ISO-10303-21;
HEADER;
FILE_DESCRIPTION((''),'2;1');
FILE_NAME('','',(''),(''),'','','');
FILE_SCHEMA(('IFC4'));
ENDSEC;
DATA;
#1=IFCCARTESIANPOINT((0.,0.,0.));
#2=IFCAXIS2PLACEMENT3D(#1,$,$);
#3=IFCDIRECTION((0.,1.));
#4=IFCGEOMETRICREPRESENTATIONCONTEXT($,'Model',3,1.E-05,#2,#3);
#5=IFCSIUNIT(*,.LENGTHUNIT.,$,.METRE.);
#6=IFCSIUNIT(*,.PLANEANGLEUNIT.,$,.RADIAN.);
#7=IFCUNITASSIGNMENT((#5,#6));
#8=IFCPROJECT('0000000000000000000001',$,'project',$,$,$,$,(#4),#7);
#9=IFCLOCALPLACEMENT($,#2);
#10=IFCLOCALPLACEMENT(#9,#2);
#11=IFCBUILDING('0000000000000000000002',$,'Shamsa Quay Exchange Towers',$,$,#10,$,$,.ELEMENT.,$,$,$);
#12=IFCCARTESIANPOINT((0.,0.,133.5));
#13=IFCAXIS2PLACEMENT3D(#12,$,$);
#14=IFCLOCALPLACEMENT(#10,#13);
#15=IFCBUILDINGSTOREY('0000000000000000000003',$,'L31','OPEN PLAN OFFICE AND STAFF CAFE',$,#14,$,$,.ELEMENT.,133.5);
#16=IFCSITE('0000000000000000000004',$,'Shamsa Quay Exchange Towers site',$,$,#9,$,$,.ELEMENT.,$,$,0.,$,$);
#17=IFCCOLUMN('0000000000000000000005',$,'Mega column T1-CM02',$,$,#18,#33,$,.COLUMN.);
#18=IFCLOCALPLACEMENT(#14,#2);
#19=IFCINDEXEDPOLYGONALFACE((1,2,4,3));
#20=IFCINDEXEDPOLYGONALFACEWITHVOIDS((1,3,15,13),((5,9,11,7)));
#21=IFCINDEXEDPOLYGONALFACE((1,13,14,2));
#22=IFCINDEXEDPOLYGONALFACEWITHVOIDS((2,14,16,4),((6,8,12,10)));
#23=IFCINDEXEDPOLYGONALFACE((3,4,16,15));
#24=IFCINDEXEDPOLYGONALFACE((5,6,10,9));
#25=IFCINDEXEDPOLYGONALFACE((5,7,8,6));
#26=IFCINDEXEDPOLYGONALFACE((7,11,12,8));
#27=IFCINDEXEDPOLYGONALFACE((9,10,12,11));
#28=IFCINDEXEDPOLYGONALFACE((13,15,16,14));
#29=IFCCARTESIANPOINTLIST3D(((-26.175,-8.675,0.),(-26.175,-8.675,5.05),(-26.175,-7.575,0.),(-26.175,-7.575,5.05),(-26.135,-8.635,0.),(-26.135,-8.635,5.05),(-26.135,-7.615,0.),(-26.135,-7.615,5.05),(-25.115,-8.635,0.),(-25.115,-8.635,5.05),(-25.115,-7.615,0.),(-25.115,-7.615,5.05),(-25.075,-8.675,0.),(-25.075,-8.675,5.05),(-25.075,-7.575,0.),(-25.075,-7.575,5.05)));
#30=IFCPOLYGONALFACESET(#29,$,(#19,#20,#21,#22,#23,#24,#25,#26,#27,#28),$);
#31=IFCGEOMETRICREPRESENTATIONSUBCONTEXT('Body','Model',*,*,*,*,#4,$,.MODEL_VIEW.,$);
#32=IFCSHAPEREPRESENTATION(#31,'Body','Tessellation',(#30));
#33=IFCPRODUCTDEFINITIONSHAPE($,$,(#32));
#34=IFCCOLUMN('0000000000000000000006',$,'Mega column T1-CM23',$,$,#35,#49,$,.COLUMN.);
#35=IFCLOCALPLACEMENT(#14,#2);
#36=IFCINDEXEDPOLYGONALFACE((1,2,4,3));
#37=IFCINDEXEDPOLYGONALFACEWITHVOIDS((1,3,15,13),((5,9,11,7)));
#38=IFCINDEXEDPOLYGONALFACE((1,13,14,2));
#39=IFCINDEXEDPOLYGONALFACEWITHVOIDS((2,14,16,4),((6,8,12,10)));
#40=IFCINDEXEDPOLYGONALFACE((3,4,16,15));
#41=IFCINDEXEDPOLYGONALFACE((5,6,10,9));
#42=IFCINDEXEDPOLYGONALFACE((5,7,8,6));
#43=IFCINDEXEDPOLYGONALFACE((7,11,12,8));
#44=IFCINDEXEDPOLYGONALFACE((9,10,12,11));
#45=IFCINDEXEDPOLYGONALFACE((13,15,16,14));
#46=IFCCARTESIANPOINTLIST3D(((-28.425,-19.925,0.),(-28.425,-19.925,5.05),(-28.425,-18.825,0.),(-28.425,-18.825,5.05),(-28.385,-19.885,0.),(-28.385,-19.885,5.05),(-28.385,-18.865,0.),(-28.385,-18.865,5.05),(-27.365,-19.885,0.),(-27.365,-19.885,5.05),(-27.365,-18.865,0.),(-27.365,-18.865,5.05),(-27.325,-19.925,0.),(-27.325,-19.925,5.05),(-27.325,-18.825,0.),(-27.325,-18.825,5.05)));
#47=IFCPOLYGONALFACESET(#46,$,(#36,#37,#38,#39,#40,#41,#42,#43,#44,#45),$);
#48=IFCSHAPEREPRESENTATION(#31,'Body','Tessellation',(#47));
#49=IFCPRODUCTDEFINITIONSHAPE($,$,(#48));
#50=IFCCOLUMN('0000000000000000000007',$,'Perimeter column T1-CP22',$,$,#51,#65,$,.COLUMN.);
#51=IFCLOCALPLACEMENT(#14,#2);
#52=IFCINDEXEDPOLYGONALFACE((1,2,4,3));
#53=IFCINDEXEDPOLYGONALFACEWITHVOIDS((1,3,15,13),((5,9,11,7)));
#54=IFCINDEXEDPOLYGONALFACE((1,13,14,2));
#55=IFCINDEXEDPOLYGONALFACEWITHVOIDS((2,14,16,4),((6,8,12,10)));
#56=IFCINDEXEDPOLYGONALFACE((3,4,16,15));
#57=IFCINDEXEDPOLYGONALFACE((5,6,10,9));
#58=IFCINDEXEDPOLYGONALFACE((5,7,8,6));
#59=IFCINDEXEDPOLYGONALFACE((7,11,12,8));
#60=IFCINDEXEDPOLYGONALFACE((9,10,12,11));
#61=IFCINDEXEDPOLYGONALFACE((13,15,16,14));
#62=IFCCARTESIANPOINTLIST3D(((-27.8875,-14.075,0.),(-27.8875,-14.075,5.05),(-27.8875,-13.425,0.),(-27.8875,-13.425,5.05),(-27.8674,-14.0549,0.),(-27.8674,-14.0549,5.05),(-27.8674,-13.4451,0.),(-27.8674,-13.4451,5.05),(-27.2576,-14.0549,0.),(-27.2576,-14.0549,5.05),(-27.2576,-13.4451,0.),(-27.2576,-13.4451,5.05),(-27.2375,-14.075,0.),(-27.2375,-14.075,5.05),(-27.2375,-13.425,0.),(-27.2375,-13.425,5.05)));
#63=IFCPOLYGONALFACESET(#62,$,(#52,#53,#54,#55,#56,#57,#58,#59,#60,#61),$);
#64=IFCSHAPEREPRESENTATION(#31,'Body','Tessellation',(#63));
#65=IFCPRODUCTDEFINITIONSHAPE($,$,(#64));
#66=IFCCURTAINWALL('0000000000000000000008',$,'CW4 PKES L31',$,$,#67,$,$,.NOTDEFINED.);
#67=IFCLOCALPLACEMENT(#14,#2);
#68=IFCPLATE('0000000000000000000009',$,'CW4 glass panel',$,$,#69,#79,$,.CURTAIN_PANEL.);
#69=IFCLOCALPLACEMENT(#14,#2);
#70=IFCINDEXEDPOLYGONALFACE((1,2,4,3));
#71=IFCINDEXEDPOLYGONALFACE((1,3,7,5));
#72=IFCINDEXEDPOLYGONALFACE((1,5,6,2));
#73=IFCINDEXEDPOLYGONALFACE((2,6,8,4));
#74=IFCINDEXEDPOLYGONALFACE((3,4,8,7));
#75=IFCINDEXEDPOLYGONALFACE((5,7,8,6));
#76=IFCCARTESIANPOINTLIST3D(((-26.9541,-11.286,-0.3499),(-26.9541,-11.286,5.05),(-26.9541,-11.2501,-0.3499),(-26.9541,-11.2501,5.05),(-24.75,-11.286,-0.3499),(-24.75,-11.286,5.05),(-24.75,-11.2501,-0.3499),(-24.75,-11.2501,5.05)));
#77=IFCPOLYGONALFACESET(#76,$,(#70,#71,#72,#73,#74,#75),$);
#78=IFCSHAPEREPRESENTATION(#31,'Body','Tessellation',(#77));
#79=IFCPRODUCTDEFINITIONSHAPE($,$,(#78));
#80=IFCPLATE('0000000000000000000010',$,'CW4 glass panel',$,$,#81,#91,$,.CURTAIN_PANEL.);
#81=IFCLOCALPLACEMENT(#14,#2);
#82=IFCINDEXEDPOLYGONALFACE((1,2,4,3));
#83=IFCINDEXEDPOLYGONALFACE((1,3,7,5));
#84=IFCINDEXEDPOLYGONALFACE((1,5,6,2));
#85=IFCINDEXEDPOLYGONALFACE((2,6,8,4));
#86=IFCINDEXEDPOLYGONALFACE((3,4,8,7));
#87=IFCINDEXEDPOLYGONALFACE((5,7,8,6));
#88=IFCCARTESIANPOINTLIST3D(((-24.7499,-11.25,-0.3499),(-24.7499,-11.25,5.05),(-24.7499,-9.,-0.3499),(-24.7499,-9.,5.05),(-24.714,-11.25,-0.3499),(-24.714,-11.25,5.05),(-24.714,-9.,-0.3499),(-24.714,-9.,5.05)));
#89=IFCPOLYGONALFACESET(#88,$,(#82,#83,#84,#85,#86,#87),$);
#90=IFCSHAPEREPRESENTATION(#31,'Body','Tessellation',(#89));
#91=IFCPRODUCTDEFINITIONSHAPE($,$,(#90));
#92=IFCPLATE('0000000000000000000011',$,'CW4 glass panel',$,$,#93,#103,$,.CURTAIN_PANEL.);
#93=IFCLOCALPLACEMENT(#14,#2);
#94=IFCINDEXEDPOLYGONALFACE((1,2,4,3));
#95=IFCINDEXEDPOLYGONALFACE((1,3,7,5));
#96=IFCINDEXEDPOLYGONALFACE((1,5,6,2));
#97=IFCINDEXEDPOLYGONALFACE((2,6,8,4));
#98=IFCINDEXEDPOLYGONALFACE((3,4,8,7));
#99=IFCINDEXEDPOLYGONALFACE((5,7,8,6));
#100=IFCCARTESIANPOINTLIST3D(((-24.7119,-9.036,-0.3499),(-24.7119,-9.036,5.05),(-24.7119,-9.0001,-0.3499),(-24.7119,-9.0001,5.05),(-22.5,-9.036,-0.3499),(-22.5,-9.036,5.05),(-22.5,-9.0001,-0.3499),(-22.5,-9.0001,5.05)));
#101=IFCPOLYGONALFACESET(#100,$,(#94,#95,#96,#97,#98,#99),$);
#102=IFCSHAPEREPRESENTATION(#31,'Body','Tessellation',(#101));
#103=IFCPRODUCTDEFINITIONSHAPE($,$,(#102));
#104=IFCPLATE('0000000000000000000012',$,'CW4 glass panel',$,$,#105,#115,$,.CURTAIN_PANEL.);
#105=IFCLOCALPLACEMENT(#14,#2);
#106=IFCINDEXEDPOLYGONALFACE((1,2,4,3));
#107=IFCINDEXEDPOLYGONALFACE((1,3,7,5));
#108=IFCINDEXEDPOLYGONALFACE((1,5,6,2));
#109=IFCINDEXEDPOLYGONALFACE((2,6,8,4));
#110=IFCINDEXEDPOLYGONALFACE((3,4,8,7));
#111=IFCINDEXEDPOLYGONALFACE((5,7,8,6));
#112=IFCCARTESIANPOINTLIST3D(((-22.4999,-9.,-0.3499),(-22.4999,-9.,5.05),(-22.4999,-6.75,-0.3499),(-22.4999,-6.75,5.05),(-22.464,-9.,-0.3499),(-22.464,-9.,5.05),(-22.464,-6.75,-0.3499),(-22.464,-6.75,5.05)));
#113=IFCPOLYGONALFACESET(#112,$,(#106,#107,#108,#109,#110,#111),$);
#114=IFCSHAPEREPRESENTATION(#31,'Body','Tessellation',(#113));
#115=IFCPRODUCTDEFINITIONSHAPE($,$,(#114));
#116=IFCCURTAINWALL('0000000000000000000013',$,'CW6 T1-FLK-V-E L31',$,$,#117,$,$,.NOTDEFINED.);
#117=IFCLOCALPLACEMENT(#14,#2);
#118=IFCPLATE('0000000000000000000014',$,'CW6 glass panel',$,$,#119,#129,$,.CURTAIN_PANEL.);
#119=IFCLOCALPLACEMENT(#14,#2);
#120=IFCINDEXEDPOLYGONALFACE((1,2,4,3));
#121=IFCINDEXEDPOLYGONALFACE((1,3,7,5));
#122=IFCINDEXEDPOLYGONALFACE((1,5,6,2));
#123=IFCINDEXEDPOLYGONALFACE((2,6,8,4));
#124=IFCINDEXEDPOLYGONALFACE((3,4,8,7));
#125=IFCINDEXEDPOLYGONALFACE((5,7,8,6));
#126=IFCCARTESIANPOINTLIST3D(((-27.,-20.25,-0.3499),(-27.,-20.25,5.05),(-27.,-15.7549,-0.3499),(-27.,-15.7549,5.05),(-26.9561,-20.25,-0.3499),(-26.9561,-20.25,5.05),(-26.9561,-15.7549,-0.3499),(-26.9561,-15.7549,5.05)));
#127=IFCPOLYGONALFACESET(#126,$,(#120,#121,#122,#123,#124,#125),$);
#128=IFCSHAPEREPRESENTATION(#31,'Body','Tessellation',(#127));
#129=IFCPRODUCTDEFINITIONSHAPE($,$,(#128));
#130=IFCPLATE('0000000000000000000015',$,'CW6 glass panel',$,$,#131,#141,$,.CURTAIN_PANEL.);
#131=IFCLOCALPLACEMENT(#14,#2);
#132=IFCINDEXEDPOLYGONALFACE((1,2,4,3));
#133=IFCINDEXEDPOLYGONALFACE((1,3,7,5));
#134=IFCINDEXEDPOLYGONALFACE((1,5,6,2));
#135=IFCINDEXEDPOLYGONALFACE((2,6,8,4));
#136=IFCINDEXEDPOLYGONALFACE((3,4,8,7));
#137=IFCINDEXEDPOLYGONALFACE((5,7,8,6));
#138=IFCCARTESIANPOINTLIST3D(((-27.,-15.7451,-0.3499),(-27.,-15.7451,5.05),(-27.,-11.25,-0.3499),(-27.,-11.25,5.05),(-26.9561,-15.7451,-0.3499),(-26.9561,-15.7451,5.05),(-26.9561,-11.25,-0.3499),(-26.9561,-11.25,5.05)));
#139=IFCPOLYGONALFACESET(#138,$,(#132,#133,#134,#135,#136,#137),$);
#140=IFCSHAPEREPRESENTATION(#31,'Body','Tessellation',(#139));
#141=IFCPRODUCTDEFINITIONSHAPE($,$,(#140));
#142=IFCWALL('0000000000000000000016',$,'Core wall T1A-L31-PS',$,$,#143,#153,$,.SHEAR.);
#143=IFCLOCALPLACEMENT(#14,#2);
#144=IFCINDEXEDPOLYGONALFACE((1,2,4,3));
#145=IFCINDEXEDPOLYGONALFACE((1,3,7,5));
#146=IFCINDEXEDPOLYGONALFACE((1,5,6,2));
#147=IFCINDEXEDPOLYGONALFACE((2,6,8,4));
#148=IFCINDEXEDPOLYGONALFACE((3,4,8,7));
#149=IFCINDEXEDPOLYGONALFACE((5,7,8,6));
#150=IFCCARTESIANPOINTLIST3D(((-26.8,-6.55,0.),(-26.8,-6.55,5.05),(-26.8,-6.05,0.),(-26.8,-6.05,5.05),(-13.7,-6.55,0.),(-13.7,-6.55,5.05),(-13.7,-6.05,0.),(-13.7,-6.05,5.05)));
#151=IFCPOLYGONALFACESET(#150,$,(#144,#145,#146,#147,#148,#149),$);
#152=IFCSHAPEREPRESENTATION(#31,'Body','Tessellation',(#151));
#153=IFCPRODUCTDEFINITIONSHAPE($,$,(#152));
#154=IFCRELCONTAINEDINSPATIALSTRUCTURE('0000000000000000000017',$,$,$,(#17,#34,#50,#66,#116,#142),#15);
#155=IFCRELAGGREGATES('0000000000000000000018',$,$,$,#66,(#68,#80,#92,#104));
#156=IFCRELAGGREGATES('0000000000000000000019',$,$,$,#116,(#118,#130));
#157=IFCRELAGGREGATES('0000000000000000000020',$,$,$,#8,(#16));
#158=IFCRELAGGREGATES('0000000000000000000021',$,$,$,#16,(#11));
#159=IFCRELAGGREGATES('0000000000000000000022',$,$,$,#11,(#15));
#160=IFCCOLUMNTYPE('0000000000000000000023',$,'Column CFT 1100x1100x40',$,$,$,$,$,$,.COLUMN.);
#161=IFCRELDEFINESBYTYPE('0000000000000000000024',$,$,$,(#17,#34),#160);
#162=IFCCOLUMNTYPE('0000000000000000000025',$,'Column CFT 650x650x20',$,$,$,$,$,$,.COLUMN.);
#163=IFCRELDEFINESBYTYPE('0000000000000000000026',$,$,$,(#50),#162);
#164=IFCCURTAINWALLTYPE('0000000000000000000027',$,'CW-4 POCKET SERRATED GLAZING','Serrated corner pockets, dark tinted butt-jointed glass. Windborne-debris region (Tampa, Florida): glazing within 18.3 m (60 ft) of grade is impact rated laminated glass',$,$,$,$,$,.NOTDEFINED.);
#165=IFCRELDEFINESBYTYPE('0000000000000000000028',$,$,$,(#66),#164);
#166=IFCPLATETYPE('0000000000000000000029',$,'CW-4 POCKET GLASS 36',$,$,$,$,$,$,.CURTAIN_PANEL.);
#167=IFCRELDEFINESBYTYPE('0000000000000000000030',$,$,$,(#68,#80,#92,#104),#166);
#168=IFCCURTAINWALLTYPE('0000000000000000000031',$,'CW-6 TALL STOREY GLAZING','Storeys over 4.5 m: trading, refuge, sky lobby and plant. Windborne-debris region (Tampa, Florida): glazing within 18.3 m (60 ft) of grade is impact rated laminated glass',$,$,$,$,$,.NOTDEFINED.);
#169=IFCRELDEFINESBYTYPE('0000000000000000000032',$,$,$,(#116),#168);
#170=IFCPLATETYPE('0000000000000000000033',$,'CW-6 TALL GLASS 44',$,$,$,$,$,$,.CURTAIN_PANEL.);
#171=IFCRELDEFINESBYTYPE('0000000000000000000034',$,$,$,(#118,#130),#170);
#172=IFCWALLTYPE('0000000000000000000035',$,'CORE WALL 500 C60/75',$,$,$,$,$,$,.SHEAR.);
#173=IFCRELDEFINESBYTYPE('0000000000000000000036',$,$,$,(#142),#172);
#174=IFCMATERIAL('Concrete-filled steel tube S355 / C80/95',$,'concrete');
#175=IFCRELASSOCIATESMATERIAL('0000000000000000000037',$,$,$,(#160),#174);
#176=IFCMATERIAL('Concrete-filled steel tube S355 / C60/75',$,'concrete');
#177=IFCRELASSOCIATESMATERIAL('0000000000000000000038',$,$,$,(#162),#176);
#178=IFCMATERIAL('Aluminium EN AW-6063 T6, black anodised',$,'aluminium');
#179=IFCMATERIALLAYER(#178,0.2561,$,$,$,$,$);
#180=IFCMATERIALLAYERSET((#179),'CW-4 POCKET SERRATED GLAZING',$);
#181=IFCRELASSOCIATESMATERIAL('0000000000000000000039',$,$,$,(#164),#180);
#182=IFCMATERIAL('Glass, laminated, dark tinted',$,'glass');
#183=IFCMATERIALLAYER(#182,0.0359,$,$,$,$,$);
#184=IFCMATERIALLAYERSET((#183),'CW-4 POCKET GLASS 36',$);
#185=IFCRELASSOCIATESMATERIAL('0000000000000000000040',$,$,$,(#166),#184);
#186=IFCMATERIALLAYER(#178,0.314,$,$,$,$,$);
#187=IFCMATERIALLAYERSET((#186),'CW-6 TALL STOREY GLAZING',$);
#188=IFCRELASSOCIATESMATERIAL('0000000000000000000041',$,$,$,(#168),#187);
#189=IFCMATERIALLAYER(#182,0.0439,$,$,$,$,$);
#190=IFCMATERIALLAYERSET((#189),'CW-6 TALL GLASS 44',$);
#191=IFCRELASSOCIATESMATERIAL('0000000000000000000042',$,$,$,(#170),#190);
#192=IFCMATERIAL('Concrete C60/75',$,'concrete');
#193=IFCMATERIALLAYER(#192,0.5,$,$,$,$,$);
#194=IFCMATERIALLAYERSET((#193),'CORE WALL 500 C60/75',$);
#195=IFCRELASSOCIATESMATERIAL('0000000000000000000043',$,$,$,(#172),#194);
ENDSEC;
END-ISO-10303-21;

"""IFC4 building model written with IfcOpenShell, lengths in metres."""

from ifc_helpers import new_model, si_unit, direction, frame, frame_2d, origin, origin_2d, place, context, subcontext, project, spatial, rectangle, hollow_rectangle, extrude, material, layer, layer_set, material_profile, profile_set, type_object, element, aggregate, save


model = new_model("IFC4")

# Units and contexts
model_context = context("Model", 3, precision=1e-05, world=origin(), true_north=direction((0.0, 1.0)))
body_context = subcontext(model_context, "Body", "Model", "MODEL_VIEW")
ifc_project = project(units=[si_unit("LENGTHUNIT", "METRE"), si_unit("PLANEANGLEUNIT", "RADIAN")], contexts=[model_context])

# Site, building, storey
site_placement = place(None, origin())
site = spatial("IfcSite", under=ifc_project, at=site_placement, Name="Shamsa Quay Exchange Towers site", CompositionType="ELEMENT", RefElevation=0.0)
building_placement = place(site_placement, origin())
building = spatial("IfcBuilding", under=site, at=building_placement, Name="Shamsa Quay Exchange Towers", CompositionType="ELEMENT")
storey_placement = place(building_placement, frame((0.0, 0.0, 133.5)))
storey = spatial("IfcBuildingStorey", under=building, at=storey_placement, Name="L31", Description="OPEN PLAN OFFICE AND STAFF CAFE", CompositionType="ELEMENT", Elevation=133.5)

# Columns
ifc_material_1 = material(Name="Concrete-filled steel tube S355 / C80/95", Category="concrete")
ifc_material_profile_1 = material_profile(ifc_material_1, hollow_rectangle(XDim=1.1001, YDim=1.1001, WallThickness=0.04, at=origin_2d()), Name="CFT 1100x1100x40")
ifc_profile_set_1 = profile_set([ifc_material_profile_1], Name="Concrete-filled steel tube S355 / C80/95")
column_type_1 = type_object("IfcColumnType", Name="Column CFT 1100x1100x40", PredefinedType="COLUMN", material=ifc_profile_set_1)
for number, where, name in (
    (1, (-25.625, -8.125, 0.0), "Mega column T1-CM02"),
    (2, (-27.875, -19.375, 0.0), "Mega column T1-CM23"),
):
    element("IfcColumn", number, at=place(storey_placement, frame(where)), inside=storey, type_object=column_type_1, Name=name, PredefinedType="COLUMN", context=body_context, shape_type="SweptSolid", body=[
        extrude(hollow_rectangle(XDim=1.1001, YDim=1.1001, WallThickness=0.04, at=origin_2d()), origin(), (0.0, 0.0, 1.0), 5.05),
    ])
ifc_material_2 = material(Name="Concrete-filled steel tube S355 / C60/75", Category="concrete")
ifc_material_profile_2 = material_profile(ifc_material_2, hollow_rectangle(XDim=0.6499, YDim=0.6499, WallThickness=0.02, at=origin_2d()), Name="CFT 650x650x20")
ifc_profile_set_2 = profile_set([ifc_material_profile_2], Name="Concrete-filled steel tube S355 / C60/75")
column_type_2 = type_object("IfcColumnType", Name="Column CFT 650x650x20", PredefinedType="COLUMN", material=ifc_profile_set_2)
column_placement = place(storey_placement, frame((-27.5625, -13.75, 0.0)))
element("IfcColumn", 3, at=column_placement, inside=storey, type_object=column_type_2, Name="Perimeter column T1-CP22", PredefinedType="COLUMN", context=body_context, shape_type="SweptSolid", body=[
    extrude(hollow_rectangle(XDim=0.6499, YDim=0.6499, WallThickness=0.02, at=origin_2d()), origin(), (0.0, 0.0, 1.0), 5.05),
])

# Curtain walls, plates
ifc_material_3 = material(Name="Aluminium EN AW-6063 T6, black anodised", Category="aluminium")
ifc_layer_1 = layer(ifc_material_3, 0.2561)
ifc_layer_set_1 = layer_set([ifc_layer_1], Name="CW-4 POCKET SERRATED GLAZING")
curtain_wall_type_1 = type_object("IfcCurtainWallType", Name="CW-4 POCKET SERRATED GLAZING", Description="Serrated corner pockets, dark tinted butt-jointed glass. Windborne-debris region (Tampa, Florida): glazing within 18.3 m (60 ft) of grade is impact rated laminated glass", PredefinedType="NOTDEFINED", material=ifc_layer_set_1)
curtain_wall_1_placement = place(storey_placement, origin())
curtain_wall_1 = element("IfcCurtainWall", 4, at=curtain_wall_1_placement, inside=storey, type_object=curtain_wall_type_1, Name="CW4 PKES L31", PredefinedType="NOTDEFINED")
ifc_material_4 = material(Name="Glass, laminated, dark tinted", Category="glass")
ifc_layer_2 = layer(ifc_material_4, 0.0359)
ifc_layer_set_2 = layer_set([ifc_layer_2], Name="CW-4 POCKET GLASS 36")
plate_type_1 = type_object("IfcPlateType", Name="CW-4 POCKET GLASS 36", PredefinedType="CURTAIN_PANEL", material=ifc_layer_set_2)
plate_1_placement = place(storey_placement, frame((-25.8521, -11.2681, -0.3499)))
plate_1 = element("IfcPlate", 5, at=plate_1_placement, type_object=plate_type_1, Name="CW4 glass panel", PredefinedType="CURTAIN_PANEL", context=body_context, shape_type="SweptSolid", body=[
    extrude(rectangle(XDim=2.2041, YDim=0.0359, at=origin_2d()), origin(), (0.0, 0.0, 1.0), 5.3999),
])
plate_2_placement = place(storey_placement, frame((-24.7319, -10.125, -0.3499), z_axis=(0.0, 0.0, 1.0), x_axis=(0.0, 1.0, 0.0)))
plate_2 = element("IfcPlate", 6, at=plate_2_placement, type_object=plate_type_1, Name="CW4 glass panel", PredefinedType="CURTAIN_PANEL", context=body_context, shape_type="SweptSolid", body=[
    extrude(rectangle(XDim=2.25, YDim=0.0359, at=origin_2d()), origin(), (0.0, 0.0, 1.0), 5.3999),
])
plate_3_placement = place(storey_placement, frame((-23.606, -9.0181, -0.3499)))
plate_3 = element("IfcPlate", 7, at=plate_3_placement, type_object=plate_type_1, Name="CW4 glass panel", PredefinedType="CURTAIN_PANEL", context=body_context, shape_type="SweptSolid", body=[
    extrude(rectangle(XDim=2.2119, YDim=0.0359, at=origin_2d()), origin(), (0.0, 0.0, 1.0), 5.3999),
])
plate_4_placement = place(storey_placement, frame((-22.4819, -7.875, -0.3499), z_axis=(0.0, 0.0, 1.0), x_axis=(0.0, 1.0, 0.0)))
plate_4 = element("IfcPlate", 8, at=plate_4_placement, type_object=plate_type_1, Name="CW4 glass panel", PredefinedType="CURTAIN_PANEL", context=body_context, shape_type="SweptSolid", body=[
    extrude(rectangle(XDim=2.25, YDim=0.0359, at=origin_2d()), origin(), (0.0, 0.0, 1.0), 5.3999),
])
aggregate(curtain_wall_1, [plate_1, plate_2, plate_3, plate_4])
ifc_layer_3 = layer(ifc_material_3, 0.314)
ifc_layer_set_3 = layer_set([ifc_layer_3], Name="CW-6 TALL STOREY GLAZING")
curtain_wall_type_2 = type_object("IfcCurtainWallType", Name="CW-6 TALL STOREY GLAZING", Description="Storeys over 4.5 m: trading, refuge, sky lobby and plant. Windborne-debris region (Tampa, Florida): glazing within 18.3 m (60 ft) of grade is impact rated laminated glass", PredefinedType="NOTDEFINED", material=ifc_layer_set_3)
curtain_wall_2_placement = place(storey_placement, origin())
curtain_wall_2 = element("IfcCurtainWall", 9, at=curtain_wall_2_placement, inside=storey, type_object=curtain_wall_type_2, Name="CW6 T1-FLK-V-E L31", PredefinedType="NOTDEFINED")
ifc_layer_4 = layer(ifc_material_4, 0.0439)
ifc_layer_set_4 = layer_set([ifc_layer_4], Name="CW-6 TALL GLASS 44")
plate_type_2 = type_object("IfcPlateType", Name="CW-6 TALL GLASS 44", PredefinedType="CURTAIN_PANEL", material=ifc_layer_set_4)
plate_5_placement = place(storey_placement, frame((-26.978, -18.0024, -0.3499), z_axis=(0.0, 0.0, 1.0), x_axis=(0.0, 1.0, 0.0)))
plate_5 = element("IfcPlate", 10, at=plate_5_placement, type_object=plate_type_2, Name="CW6 glass panel", PredefinedType="CURTAIN_PANEL", context=body_context, shape_type="SweptSolid", body=[
    extrude(rectangle(XDim=4.4951, YDim=0.0439, at=origin_2d()), origin(), (0.0, 0.0, 1.0), 5.3999),
])
plate_6_placement = place(storey_placement, frame((-26.978, -13.4976, -0.3499), z_axis=(0.0, 0.0, 1.0), x_axis=(0.0, 1.0, 0.0)))
plate_6 = element("IfcPlate", 11, at=plate_6_placement, type_object=plate_type_2, Name="CW6 glass panel", PredefinedType="CURTAIN_PANEL", context=body_context, shape_type="SweptSolid", body=[
    extrude(rectangle(XDim=4.4951, YDim=0.0439, at=origin_2d()), origin(), (0.0, 0.0, 1.0), 5.3999),
])
aggregate(curtain_wall_2, [plate_5, plate_6])

# Wall
ifc_material_5 = material(Name="Concrete C60/75", Category="concrete")
ifc_layer_5 = layer(ifc_material_5, 0.5)
ifc_layer_set_5 = layer_set([ifc_layer_5], Name="CORE WALL 500 C60/75")
wall_type_1 = type_object("IfcWallType", Name="CORE WALL 500 C60/75", PredefinedType="SHEAR", material=ifc_layer_set_5)
wall_1_placement = place(storey_placement, frame((-26.8, -6.3, 0.0)))
element("IfcWall", 12, at=wall_1_placement, inside=storey, type_object=wall_type_1, Name="Core wall T1A-L31-PS", PredefinedType="SHEAR", context=body_context, shape_type="SweptSolid", body=[
    extrude(rectangle(XDim=13.1001, YDim=0.5, at=frame_2d((6.55, 0.0))), origin(), (0.0, 0.0, 1.0), 5.05),
])

save(model, "model.ifc")
